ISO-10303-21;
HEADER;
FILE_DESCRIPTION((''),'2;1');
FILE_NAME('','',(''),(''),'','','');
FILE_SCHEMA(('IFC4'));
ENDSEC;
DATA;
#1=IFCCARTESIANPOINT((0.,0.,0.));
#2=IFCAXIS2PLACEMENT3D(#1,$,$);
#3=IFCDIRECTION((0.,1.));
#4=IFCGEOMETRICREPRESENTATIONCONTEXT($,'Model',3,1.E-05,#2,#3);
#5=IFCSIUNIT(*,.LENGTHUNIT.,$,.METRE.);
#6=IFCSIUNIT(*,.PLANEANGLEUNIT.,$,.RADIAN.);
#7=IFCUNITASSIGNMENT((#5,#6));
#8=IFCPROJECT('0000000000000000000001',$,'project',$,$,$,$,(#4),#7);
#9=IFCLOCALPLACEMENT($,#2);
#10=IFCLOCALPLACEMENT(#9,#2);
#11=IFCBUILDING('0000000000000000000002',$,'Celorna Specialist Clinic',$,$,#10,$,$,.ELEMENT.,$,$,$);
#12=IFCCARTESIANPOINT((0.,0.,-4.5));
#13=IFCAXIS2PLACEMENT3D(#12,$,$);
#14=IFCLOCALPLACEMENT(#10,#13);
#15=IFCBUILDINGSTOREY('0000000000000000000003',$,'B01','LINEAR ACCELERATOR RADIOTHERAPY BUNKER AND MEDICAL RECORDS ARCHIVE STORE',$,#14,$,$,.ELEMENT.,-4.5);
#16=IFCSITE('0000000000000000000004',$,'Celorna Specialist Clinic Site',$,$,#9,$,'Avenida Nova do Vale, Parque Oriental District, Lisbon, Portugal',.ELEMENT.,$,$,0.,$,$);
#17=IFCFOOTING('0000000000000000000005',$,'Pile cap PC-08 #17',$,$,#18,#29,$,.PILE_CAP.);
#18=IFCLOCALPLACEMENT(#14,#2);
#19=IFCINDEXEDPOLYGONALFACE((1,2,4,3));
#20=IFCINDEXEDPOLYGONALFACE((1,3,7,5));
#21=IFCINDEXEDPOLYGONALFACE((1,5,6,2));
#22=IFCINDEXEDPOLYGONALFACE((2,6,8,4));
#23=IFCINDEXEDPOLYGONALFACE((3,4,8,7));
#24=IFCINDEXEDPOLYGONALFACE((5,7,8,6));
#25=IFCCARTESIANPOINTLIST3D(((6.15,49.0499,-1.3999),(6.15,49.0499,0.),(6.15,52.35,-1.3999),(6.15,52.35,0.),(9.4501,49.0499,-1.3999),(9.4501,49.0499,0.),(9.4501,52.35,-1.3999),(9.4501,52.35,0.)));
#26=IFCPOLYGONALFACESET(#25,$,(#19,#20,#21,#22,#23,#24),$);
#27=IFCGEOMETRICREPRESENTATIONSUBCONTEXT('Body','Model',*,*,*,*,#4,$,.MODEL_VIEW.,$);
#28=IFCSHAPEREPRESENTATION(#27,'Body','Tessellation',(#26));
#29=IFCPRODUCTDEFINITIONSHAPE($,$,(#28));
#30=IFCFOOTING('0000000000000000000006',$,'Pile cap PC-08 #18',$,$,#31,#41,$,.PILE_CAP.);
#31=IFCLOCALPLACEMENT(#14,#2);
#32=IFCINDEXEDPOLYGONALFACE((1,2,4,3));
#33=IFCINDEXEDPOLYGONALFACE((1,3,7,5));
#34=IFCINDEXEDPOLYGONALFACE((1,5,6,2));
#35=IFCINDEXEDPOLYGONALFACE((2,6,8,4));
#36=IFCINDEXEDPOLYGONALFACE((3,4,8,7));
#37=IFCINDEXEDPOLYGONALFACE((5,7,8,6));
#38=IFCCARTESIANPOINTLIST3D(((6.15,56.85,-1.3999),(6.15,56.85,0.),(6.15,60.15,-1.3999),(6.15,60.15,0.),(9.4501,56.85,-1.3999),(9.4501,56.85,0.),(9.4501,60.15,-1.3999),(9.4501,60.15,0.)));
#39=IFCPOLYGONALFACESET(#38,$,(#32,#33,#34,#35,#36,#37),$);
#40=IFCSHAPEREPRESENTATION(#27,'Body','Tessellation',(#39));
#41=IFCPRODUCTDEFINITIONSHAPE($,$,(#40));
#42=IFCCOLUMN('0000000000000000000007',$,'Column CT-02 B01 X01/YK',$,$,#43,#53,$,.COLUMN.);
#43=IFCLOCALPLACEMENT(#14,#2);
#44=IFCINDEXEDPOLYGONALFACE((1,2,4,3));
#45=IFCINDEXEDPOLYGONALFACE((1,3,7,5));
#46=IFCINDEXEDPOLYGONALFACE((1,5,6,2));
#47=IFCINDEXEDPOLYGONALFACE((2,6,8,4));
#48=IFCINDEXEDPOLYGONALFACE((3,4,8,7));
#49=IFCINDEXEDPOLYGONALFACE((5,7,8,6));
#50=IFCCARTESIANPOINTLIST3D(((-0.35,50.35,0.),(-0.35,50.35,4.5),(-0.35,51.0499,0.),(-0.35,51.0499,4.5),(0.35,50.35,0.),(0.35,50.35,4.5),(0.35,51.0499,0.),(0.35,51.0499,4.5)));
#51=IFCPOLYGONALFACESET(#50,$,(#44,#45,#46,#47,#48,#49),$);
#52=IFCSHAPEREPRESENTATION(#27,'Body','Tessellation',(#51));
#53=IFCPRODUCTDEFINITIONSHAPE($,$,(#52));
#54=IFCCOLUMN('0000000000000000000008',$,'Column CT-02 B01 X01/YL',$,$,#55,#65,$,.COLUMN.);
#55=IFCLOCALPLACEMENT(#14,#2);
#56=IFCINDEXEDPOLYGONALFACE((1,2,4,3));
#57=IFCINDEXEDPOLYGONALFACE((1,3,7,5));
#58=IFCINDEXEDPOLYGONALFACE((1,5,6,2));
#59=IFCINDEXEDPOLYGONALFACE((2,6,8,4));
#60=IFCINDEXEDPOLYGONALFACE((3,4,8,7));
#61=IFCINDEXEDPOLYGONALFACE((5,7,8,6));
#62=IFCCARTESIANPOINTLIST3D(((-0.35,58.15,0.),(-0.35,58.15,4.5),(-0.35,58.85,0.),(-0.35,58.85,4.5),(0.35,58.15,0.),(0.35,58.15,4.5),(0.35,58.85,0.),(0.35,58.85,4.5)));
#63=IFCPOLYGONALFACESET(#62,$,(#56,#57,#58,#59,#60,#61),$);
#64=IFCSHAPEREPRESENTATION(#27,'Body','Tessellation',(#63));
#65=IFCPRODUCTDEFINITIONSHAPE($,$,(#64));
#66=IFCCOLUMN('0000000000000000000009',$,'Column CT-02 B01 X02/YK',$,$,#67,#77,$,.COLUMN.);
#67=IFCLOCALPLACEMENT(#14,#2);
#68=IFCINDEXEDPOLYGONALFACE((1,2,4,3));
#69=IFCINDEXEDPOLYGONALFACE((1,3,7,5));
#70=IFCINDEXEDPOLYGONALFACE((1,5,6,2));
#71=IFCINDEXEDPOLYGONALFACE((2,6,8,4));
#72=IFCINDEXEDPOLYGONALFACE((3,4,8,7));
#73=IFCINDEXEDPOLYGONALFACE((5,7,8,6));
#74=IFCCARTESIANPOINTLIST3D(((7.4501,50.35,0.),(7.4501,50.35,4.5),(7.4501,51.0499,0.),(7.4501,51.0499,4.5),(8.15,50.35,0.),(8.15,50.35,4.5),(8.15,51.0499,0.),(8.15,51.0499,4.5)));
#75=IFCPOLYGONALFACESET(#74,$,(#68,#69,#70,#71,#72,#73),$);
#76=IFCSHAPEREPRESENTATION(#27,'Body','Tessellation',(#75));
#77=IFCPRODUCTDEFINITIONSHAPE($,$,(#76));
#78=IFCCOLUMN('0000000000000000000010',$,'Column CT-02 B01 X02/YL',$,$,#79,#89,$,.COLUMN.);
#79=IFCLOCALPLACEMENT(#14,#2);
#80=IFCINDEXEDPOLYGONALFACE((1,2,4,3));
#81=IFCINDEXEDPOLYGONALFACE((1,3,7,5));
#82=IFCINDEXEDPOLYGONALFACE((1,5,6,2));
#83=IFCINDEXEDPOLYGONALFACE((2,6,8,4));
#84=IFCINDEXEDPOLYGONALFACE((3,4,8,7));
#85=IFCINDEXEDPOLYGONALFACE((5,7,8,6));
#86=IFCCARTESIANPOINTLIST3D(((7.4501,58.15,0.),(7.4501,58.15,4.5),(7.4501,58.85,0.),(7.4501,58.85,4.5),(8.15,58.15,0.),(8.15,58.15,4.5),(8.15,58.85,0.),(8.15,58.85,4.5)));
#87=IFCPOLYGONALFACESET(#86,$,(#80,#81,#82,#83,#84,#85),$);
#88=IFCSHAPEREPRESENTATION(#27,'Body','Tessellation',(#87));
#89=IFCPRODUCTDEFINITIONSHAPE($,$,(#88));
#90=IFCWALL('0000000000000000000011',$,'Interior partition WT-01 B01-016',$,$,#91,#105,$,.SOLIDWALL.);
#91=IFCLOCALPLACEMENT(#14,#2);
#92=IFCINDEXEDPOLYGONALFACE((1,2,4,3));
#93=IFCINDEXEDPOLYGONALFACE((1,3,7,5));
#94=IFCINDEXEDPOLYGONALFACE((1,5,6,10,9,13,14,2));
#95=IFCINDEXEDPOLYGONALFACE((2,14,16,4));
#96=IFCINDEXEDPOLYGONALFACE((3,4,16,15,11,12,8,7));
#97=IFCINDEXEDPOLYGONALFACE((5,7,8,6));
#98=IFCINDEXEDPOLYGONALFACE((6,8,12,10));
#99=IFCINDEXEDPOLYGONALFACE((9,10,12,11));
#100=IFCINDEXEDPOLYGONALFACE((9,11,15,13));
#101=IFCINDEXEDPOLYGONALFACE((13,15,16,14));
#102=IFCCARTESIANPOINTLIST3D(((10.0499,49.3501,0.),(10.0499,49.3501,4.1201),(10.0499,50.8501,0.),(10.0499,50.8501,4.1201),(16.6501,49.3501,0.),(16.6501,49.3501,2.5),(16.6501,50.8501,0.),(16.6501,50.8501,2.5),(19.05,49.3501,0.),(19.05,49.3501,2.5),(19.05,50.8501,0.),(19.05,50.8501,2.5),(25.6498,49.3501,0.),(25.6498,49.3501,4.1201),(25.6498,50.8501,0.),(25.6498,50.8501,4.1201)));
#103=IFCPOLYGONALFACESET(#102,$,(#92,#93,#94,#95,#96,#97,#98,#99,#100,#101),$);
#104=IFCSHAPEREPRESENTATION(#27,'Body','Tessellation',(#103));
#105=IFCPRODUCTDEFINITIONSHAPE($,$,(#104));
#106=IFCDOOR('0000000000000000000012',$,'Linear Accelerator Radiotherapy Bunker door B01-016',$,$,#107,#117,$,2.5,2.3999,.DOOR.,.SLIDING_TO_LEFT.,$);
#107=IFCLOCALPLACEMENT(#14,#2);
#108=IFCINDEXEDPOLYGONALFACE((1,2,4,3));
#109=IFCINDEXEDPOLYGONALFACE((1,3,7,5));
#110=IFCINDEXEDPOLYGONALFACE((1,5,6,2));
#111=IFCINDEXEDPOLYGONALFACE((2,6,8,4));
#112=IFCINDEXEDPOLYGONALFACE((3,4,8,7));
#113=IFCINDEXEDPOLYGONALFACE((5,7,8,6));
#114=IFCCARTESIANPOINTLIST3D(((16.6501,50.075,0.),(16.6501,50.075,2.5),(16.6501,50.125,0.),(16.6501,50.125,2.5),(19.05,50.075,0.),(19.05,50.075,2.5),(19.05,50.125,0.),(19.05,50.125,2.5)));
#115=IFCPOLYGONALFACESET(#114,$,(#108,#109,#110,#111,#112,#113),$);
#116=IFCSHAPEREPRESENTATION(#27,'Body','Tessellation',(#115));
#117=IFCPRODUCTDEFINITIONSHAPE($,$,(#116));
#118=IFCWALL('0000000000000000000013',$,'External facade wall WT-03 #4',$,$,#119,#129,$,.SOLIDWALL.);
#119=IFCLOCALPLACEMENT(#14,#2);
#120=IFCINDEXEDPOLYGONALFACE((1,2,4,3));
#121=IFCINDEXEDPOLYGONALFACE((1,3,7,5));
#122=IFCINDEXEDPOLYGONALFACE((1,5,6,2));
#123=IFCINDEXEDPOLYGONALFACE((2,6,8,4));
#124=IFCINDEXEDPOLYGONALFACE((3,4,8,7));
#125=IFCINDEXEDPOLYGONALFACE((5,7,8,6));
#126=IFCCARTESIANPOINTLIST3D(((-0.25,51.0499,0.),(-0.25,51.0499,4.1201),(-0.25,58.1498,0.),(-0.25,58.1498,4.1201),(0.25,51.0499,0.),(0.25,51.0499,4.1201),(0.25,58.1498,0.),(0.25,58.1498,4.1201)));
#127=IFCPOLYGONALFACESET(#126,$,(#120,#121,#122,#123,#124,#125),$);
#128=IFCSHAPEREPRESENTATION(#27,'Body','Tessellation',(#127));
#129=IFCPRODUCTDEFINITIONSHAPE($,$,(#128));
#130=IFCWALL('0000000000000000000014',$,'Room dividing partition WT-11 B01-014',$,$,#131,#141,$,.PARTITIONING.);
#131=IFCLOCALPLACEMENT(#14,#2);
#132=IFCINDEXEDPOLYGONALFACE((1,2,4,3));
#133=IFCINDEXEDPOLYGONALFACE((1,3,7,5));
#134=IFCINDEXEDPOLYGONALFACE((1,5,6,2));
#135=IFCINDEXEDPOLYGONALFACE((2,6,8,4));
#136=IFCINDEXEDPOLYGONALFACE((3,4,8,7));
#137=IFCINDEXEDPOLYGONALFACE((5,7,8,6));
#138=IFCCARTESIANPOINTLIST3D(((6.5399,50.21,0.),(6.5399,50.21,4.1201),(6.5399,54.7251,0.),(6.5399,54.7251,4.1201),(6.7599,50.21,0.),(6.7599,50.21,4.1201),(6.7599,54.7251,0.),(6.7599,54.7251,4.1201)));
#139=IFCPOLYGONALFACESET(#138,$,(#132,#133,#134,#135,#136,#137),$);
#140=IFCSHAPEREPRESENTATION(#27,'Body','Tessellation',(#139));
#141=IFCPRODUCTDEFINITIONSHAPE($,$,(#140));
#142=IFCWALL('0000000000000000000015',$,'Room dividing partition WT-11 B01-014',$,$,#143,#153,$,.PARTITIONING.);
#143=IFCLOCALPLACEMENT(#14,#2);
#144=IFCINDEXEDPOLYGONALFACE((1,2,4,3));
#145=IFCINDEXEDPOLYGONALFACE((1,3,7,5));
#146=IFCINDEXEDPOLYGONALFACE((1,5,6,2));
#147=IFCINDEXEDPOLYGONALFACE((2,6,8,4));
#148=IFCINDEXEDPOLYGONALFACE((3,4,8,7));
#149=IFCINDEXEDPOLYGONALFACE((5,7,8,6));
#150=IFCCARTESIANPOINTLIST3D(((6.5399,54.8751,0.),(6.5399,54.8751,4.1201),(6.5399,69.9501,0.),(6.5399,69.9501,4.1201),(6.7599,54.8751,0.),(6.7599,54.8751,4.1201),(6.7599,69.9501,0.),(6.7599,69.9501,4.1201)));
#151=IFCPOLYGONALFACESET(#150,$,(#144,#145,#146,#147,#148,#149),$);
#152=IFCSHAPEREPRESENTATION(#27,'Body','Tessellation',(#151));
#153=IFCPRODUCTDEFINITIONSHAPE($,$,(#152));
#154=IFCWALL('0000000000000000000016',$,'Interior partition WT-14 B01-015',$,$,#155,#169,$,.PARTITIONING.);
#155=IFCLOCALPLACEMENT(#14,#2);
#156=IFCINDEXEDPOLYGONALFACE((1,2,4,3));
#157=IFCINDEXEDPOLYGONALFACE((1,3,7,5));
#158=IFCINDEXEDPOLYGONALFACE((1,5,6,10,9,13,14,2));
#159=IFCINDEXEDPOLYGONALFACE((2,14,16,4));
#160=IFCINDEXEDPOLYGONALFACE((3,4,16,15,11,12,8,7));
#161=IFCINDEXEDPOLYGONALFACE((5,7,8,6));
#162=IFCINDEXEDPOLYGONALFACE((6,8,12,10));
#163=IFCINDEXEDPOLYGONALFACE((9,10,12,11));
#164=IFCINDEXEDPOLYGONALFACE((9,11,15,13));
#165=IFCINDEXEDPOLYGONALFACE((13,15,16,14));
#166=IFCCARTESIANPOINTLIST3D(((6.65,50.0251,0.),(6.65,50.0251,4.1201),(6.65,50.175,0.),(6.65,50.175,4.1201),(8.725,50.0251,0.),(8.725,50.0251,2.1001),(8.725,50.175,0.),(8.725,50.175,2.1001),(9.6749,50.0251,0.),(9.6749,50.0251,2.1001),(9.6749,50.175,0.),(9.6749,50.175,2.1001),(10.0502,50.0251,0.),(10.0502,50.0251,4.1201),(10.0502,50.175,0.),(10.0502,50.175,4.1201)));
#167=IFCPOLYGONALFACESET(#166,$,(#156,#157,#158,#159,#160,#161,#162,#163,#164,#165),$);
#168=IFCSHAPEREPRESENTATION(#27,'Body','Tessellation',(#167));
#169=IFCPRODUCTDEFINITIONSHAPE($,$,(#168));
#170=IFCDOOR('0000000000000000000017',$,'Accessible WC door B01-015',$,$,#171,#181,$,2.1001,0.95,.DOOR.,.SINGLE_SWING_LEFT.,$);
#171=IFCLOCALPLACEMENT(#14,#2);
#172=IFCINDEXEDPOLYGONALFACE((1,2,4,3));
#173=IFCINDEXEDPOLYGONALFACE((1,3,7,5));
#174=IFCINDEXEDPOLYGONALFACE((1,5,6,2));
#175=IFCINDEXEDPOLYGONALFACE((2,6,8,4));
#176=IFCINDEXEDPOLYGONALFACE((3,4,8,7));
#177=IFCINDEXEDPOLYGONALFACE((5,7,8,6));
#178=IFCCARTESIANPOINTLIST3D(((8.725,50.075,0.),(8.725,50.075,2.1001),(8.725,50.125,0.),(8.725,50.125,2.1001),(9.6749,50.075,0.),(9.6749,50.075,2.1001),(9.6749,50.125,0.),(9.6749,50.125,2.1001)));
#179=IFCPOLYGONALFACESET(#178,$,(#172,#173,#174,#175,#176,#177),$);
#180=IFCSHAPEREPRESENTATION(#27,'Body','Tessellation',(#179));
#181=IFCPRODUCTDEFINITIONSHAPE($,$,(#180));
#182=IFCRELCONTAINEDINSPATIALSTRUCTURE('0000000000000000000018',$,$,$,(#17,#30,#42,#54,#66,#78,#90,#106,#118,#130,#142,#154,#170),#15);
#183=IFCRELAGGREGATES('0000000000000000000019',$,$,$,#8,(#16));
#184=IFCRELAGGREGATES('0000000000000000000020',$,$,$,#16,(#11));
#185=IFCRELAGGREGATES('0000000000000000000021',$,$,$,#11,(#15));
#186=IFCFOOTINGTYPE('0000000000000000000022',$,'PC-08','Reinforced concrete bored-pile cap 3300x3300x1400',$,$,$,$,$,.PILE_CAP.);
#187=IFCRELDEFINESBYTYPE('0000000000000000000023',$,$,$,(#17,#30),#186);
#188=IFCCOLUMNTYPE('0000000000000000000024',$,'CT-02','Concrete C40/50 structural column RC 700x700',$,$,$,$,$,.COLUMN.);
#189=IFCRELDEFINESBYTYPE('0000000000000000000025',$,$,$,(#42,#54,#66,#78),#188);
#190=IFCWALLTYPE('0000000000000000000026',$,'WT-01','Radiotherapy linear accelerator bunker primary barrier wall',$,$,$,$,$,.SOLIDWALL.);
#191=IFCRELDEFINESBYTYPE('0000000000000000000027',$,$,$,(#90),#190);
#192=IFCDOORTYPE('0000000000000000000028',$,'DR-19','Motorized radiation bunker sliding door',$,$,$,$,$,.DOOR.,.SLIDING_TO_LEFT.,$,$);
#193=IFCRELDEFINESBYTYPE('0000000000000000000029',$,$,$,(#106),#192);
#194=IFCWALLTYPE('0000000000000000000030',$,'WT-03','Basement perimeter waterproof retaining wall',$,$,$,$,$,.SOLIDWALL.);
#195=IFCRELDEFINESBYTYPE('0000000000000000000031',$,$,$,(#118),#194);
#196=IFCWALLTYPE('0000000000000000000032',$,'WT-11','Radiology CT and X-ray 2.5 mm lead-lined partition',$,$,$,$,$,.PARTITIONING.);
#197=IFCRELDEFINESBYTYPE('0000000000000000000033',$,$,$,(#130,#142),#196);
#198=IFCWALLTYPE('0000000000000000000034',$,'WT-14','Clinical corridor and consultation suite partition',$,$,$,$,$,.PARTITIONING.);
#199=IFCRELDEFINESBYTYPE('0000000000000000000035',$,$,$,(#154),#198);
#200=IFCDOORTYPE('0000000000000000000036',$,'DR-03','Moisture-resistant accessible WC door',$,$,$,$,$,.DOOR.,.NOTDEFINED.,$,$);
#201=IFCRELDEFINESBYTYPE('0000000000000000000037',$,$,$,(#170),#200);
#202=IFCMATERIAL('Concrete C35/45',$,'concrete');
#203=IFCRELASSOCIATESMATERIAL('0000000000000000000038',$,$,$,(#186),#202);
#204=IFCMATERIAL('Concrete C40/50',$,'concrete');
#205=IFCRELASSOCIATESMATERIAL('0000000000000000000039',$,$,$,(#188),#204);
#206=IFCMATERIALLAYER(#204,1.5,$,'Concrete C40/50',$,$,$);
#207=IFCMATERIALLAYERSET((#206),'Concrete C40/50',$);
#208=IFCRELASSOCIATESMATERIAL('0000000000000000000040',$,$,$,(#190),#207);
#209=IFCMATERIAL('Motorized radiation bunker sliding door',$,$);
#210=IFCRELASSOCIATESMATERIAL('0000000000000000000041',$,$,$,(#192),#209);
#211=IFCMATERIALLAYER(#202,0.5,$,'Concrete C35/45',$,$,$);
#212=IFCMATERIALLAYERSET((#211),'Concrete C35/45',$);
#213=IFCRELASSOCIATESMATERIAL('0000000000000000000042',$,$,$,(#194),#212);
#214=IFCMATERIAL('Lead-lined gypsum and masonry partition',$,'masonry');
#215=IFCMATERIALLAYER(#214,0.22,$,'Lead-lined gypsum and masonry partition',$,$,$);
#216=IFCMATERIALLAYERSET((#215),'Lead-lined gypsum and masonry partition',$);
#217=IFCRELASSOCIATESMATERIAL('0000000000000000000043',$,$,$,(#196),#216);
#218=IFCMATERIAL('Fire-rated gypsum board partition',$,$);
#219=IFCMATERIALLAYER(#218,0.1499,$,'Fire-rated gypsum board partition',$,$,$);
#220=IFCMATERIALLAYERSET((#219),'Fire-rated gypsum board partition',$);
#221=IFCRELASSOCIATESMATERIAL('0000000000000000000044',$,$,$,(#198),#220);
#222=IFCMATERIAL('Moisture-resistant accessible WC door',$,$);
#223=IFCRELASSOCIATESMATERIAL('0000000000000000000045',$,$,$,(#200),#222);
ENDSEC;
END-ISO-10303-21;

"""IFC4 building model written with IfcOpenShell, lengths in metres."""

from ifc_helpers import new_model, si_unit, direction, frame, frame_2d, origin, origin_2d, place, context, subcontext, project, spatial, rectangle, extrude, material, layer, layer_set, material_profile, profile_set, type_object, element, fill, save


model = new_model("IFC4")

# Units and contexts
model_context = context("Model", 3, precision=1e-05, world=origin(), true_north=direction((0.0, 1.0)))
body_context = subcontext(model_context, "Body", "Model", "MODEL_VIEW")
ifc_project = project(units=[si_unit("LENGTHUNIT", "METRE"), si_unit("PLANEANGLEUNIT", "RADIAN")], contexts=[model_context])

# Site, building, storey
site_placement = place(None, origin())
site = spatial("IfcSite", under=ifc_project, at=site_placement, Name="Celorna Specialist Clinic Site", LongName="Avenida Nova do Vale, Parque Oriental District, Lisbon, Portugal", CompositionType="ELEMENT", RefElevation=0.0)
building_placement = place(site_placement, origin())
building = spatial("IfcBuilding", under=site, at=building_placement, Name="Celorna Specialist Clinic", CompositionType="ELEMENT")
storey_placement = place(building_placement, frame((0.0, 0.0, -4.5)))
storey = spatial("IfcBuildingStorey", under=building, at=storey_placement, Name="B01", Description="LINEAR ACCELERATOR RADIOTHERAPY BUNKER AND MEDICAL RECORDS ARCHIVE STORE", CompositionType="ELEMENT", Elevation=-4.5)

# Shared definitions
ifc_material_1 = material(Name="Concrete C35/45", Category="concrete")

# Footings
footing_type_1 = type_object("IfcFootingType", Name="PC-08", Description="Reinforced concrete bored-pile cap 3300x3300x1400", PredefinedType="PILE_CAP", material=ifc_material_1)
for number, where, z_axis, x_axis, name in (
    (1, (7.8, 50.7, -1.3999), (0.0, 0.0, 1.0), (1.0, 0.0, 0.0), "Pile cap PC-08 #17"),
    (2, (7.8, 58.5, -1.3999), (0.0, 0.0, 1.0), (1.0, 0.0, 0.0), "Pile cap PC-08 #18"),
):
    element("IfcFooting", number, at=place(storey_placement, frame(where, z_axis=z_axis, x_axis=x_axis)), inside=storey, type_object=footing_type_1, Name=name, PredefinedType="PILE_CAP", context=body_context, shape_type="SweptSolid", body=[
        extrude(rectangle(XDim=3.3, YDim=3.3, at=origin_2d()), origin(), (0.0, 0.0, 1.0), 1.3999),
    ])

# Columns
ifc_material_2 = material(Name="Concrete C40/50", Category="concrete")
ifc_material_profile_1 = material_profile(ifc_material_2, rectangle(XDim=0.7, YDim=0.7, at=origin_2d()), Name="RC 700x700")
ifc_profile_set_1 = profile_set([ifc_material_profile_1], Name="Concrete C40/50")
column_type = type_object("IfcColumnType", Name="CT-02", Description="Concrete C40/50 structural column RC 700x700", PredefinedType="COLUMN", material=ifc_profile_set_1)
for number, where, z_axis, x_axis, name in (
    (3, (0.0, 50.7, 0.0), (0.0, 0.0, 1.0), (1.0, 0.0, 0.0), "Column CT-02 B01 X01/YK"),
    (4, (0.0, 58.5, 0.0), (0.0, 0.0, 1.0), (1.0, 0.0, 0.0), "Column CT-02 B01 X01/YL"),
    (5, (7.8, 50.7, 0.0), (0.0, 0.0, 1.0), (1.0, 0.0, 0.0), "Column CT-02 B01 X02/YK"),
    (6, (7.8, 58.5, 0.0), (0.0, 0.0, 1.0), (1.0, 0.0, 0.0), "Column CT-02 B01 X02/YL"),
):
    element("IfcColumn", number, at=place(storey_placement, frame(where, z_axis=z_axis, x_axis=x_axis)), inside=storey, type_object=column_type, Name=name, PredefinedType="COLUMN", context=body_context, shape_type="SweptSolid", body=[
        extrude(rectangle(XDim=0.7, YDim=0.7, at=origin_2d()), origin(), (0.0, 0.0, 1.0), 4.5),
    ])

# Wall, opening, door
ifc_layer_1 = layer(ifc_material_2, 1.5, Name="Concrete C40/50")
ifc_layer_set_1 = layer_set([ifc_layer_1], Name="Concrete C40/50")
wall_type_1 = type_object("IfcWallType", Name="WT-01", Description="Radiotherapy linear accelerator bunker primary barrier wall", PredefinedType="SOLIDWALL", material=ifc_layer_set_1)
wall_1_placement = place(storey_placement, frame((10.05, 50.1001, 0.0), z_axis=(0.0, 0.0, 1.0), x_axis=(1.0, 0.0, 0.0)))
wall_1 = element("IfcWall", 7, at=wall_1_placement, inside=storey, type_object=wall_type_1, Name="Interior partition WT-01 B01-016", PredefinedType="SOLIDWALL", context=body_context, shape_type="SweptSolid", body=[
    extrude(rectangle(XDim=15.5999, YDim=1.5, at=frame_2d((7.7998, 0.0))), origin(), (0.0, 0.0, 1.0), 4.1201),
])
opening_1_placement = place(wall_1_placement, frame((6.6001, 0.0, 0.0)))
opening_1 = element("IfcOpeningElement", 8, at=opening_1_placement, cuts=wall_1, PredefinedType="OPENING", context=body_context, shape_type="SweptSolid", body=[
    extrude(rectangle(XDim=2.3999, YDim=2.5, at=frame_2d((1.2, 1.25))), frame((0.0, 0.76, 0.0), z_axis=(0.0, -1.0, 0.0), x_axis=(1.0, 0.0, 0.0)), (0.0, 0.0, 1.0), 1.52),
])
ifc_material_3 = material(Name="Motorized radiation bunker sliding door")
door_type_1 = type_object("IfcDoorType", Name="DR-19", Description="Motorized radiation bunker sliding door", OperationType="SLIDING_TO_LEFT", PredefinedType="DOOR", material=ifc_material_3)
door_1_placement = place(opening_1_placement, origin())
door_1 = element("IfcDoor", 9, at=door_1_placement, inside=storey, type_object=door_type_1, Name="Linear Accelerator Radiotherapy Bunker door B01-016", OperationType="SLIDING_TO_LEFT", OverallHeight=2.5, OverallWidth=2.3999, PredefinedType="DOOR", context=body_context, shape_type="SweptSolid", body=[
    extrude(rectangle(XDim=2.3999, YDim=2.5, at=frame_2d((1.2, 1.25))), frame((0.0, 0.0249, 0.0), z_axis=(0.0, -1.0, 0.0), x_axis=(1.0, 0.0, 0.0)), (0.0, 0.0, 1.0), 0.05),
])
fill(opening_1, door_1)

# Walls
ifc_layer_2 = layer(ifc_material_1, 0.5, Name="Concrete C35/45")
ifc_layer_set_2 = layer_set([ifc_layer_2], Name="Concrete C35/45")
wall_type_2 = type_object("IfcWallType", Name="WT-03", Description="Basement perimeter waterproof retaining wall", PredefinedType="SOLIDWALL", material=ifc_layer_set_2)
wall_2_placement = place(storey_placement, frame((0.0, 51.05, 0.0), z_axis=(0.0, 0.0, 1.0), x_axis=(0.0, 1.0, 0.0)))
element("IfcWall", 10, at=wall_2_placement, inside=storey, type_object=wall_type_2, Name="External facade wall WT-03 #4", PredefinedType="SOLIDWALL", context=body_context, shape_type="SweptSolid", body=[
    extrude(rectangle(XDim=7.0999, YDim=0.5, at=frame_2d((3.5498, 0.0))), origin(), (0.0, 0.0, 1.0), 4.1201),
])
ifc_material_4 = material(Name="Lead-lined gypsum and masonry partition", Category="masonry")
ifc_layer_3 = layer(ifc_material_4, 0.22, Name="Lead-lined gypsum and masonry partition")
ifc_layer_set_3 = layer_set([ifc_layer_3], Name="Lead-lined gypsum and masonry partition")
wall_type_3 = type_object("IfcWallType", Name="WT-11", Description="Radiology CT and X-ray 2.5 mm lead-lined partition", PredefinedType="PARTITIONING", material=ifc_layer_set_3)
wall_3_placement = place(storey_placement, frame((6.6499, 50.21, 0.0), z_axis=(0.0, 0.0, 1.0), x_axis=(0.0, 1.0, 0.0)))
element("IfcWall", 11, at=wall_3_placement, inside=storey, type_object=wall_type_3, Name="Room dividing partition WT-11 B01-014", PredefinedType="PARTITIONING", context=body_context, shape_type="SweptSolid", body=[
    extrude(rectangle(XDim=4.5151, YDim=0.22, at=frame_2d((2.2576, 0.0))), origin(), (0.0, 0.0, 1.0), 4.1201),
])
wall_4_placement = place(storey_placement, frame((6.6499, 54.875, 0.0), z_axis=(0.0, 0.0, 1.0), x_axis=(0.0, 1.0, 0.0)))
element("IfcWall", 12, at=wall_4_placement, inside=storey, type_object=wall_type_3, Name="Room dividing partition WT-11 B01-014", PredefinedType="PARTITIONING", context=body_context, shape_type="SweptSolid", body=[
    extrude(rectangle(XDim=15.075, YDim=0.22, at=frame_2d((7.5376, 0.0))), origin(), (0.0, 0.0, 1.0), 4.1201),
])

# Wall, opening, door
ifc_material_5 = material(Name="Fire-rated gypsum board partition")
ifc_layer_4 = layer(ifc_material_5, 0.1499, Name="Fire-rated gypsum board partition")
ifc_layer_set_4 = layer_set([ifc_layer_4], Name="Fire-rated gypsum board partition")
wall_type_4 = type_object("IfcWallType", Name="WT-14", Description="Clinical corridor and consultation suite partition", PredefinedType="PARTITIONING", material=ifc_layer_set_4)
wall_5_placement = place(storey_placement, frame((6.6499, 50.1001, 0.0), z_axis=(0.0, 0.0, 1.0), x_axis=(1.0, 0.0, 0.0)))
wall_5 = element("IfcWall", 13, at=wall_5_placement, inside=storey, type_object=wall_type_4, Name="Interior partition WT-14 B01-015", PredefinedType="PARTITIONING", context=body_context, shape_type="SweptSolid", body=[
    extrude(rectangle(XDim=3.4001, YDim=0.1499, at=frame_2d((1.7002, 0.0))), origin(), (0.0, 0.0, 1.0), 4.1201),
])
opening_2_placement = place(wall_5_placement, frame((2.075, 0.0, 0.0)))
opening_2 = element("IfcOpeningElement", 14, at=opening_2_placement, cuts=wall_5, PredefinedType="OPENING", context=body_context, shape_type="SweptSolid", body=[
    extrude(rectangle(XDim=0.95, YDim=2.1001, at=frame_2d((0.4751, 1.05))), frame((0.0, 0.085, 0.0), z_axis=(0.0, -1.0, 0.0), x_axis=(1.0, 0.0, 0.0)), (0.0, 0.0, 1.0), 0.1699),
])
ifc_material_6 = material(Name="Moisture-resistant accessible WC door")
door_type_2 = type_object("IfcDoorType", Name="DR-03", Description="Moisture-resistant accessible WC door", OperationType="NOTDEFINED", PredefinedType="DOOR", material=ifc_material_6)
door_2_placement = place(opening_2_placement, origin())
door_2 = element("IfcDoor", 15, at=door_2_placement, inside=storey, type_object=door_type_2, Name="Accessible WC door B01-015", OperationType="SINGLE_SWING_LEFT", OverallHeight=2.1001, OverallWidth=0.95, PredefinedType="DOOR", context=body_context, shape_type="SweptSolid", body=[
    extrude(rectangle(XDim=0.95, YDim=2.1001, at=frame_2d((0.4751, 1.05))), frame((0.0, 0.0249, 0.0), z_axis=(0.0, -1.0, 0.0), x_axis=(1.0, 0.0, 0.0)), (0.0, 0.0, 1.0), 0.05),
])
fill(opening_2, door_2)

save(model, "model.ifc")
